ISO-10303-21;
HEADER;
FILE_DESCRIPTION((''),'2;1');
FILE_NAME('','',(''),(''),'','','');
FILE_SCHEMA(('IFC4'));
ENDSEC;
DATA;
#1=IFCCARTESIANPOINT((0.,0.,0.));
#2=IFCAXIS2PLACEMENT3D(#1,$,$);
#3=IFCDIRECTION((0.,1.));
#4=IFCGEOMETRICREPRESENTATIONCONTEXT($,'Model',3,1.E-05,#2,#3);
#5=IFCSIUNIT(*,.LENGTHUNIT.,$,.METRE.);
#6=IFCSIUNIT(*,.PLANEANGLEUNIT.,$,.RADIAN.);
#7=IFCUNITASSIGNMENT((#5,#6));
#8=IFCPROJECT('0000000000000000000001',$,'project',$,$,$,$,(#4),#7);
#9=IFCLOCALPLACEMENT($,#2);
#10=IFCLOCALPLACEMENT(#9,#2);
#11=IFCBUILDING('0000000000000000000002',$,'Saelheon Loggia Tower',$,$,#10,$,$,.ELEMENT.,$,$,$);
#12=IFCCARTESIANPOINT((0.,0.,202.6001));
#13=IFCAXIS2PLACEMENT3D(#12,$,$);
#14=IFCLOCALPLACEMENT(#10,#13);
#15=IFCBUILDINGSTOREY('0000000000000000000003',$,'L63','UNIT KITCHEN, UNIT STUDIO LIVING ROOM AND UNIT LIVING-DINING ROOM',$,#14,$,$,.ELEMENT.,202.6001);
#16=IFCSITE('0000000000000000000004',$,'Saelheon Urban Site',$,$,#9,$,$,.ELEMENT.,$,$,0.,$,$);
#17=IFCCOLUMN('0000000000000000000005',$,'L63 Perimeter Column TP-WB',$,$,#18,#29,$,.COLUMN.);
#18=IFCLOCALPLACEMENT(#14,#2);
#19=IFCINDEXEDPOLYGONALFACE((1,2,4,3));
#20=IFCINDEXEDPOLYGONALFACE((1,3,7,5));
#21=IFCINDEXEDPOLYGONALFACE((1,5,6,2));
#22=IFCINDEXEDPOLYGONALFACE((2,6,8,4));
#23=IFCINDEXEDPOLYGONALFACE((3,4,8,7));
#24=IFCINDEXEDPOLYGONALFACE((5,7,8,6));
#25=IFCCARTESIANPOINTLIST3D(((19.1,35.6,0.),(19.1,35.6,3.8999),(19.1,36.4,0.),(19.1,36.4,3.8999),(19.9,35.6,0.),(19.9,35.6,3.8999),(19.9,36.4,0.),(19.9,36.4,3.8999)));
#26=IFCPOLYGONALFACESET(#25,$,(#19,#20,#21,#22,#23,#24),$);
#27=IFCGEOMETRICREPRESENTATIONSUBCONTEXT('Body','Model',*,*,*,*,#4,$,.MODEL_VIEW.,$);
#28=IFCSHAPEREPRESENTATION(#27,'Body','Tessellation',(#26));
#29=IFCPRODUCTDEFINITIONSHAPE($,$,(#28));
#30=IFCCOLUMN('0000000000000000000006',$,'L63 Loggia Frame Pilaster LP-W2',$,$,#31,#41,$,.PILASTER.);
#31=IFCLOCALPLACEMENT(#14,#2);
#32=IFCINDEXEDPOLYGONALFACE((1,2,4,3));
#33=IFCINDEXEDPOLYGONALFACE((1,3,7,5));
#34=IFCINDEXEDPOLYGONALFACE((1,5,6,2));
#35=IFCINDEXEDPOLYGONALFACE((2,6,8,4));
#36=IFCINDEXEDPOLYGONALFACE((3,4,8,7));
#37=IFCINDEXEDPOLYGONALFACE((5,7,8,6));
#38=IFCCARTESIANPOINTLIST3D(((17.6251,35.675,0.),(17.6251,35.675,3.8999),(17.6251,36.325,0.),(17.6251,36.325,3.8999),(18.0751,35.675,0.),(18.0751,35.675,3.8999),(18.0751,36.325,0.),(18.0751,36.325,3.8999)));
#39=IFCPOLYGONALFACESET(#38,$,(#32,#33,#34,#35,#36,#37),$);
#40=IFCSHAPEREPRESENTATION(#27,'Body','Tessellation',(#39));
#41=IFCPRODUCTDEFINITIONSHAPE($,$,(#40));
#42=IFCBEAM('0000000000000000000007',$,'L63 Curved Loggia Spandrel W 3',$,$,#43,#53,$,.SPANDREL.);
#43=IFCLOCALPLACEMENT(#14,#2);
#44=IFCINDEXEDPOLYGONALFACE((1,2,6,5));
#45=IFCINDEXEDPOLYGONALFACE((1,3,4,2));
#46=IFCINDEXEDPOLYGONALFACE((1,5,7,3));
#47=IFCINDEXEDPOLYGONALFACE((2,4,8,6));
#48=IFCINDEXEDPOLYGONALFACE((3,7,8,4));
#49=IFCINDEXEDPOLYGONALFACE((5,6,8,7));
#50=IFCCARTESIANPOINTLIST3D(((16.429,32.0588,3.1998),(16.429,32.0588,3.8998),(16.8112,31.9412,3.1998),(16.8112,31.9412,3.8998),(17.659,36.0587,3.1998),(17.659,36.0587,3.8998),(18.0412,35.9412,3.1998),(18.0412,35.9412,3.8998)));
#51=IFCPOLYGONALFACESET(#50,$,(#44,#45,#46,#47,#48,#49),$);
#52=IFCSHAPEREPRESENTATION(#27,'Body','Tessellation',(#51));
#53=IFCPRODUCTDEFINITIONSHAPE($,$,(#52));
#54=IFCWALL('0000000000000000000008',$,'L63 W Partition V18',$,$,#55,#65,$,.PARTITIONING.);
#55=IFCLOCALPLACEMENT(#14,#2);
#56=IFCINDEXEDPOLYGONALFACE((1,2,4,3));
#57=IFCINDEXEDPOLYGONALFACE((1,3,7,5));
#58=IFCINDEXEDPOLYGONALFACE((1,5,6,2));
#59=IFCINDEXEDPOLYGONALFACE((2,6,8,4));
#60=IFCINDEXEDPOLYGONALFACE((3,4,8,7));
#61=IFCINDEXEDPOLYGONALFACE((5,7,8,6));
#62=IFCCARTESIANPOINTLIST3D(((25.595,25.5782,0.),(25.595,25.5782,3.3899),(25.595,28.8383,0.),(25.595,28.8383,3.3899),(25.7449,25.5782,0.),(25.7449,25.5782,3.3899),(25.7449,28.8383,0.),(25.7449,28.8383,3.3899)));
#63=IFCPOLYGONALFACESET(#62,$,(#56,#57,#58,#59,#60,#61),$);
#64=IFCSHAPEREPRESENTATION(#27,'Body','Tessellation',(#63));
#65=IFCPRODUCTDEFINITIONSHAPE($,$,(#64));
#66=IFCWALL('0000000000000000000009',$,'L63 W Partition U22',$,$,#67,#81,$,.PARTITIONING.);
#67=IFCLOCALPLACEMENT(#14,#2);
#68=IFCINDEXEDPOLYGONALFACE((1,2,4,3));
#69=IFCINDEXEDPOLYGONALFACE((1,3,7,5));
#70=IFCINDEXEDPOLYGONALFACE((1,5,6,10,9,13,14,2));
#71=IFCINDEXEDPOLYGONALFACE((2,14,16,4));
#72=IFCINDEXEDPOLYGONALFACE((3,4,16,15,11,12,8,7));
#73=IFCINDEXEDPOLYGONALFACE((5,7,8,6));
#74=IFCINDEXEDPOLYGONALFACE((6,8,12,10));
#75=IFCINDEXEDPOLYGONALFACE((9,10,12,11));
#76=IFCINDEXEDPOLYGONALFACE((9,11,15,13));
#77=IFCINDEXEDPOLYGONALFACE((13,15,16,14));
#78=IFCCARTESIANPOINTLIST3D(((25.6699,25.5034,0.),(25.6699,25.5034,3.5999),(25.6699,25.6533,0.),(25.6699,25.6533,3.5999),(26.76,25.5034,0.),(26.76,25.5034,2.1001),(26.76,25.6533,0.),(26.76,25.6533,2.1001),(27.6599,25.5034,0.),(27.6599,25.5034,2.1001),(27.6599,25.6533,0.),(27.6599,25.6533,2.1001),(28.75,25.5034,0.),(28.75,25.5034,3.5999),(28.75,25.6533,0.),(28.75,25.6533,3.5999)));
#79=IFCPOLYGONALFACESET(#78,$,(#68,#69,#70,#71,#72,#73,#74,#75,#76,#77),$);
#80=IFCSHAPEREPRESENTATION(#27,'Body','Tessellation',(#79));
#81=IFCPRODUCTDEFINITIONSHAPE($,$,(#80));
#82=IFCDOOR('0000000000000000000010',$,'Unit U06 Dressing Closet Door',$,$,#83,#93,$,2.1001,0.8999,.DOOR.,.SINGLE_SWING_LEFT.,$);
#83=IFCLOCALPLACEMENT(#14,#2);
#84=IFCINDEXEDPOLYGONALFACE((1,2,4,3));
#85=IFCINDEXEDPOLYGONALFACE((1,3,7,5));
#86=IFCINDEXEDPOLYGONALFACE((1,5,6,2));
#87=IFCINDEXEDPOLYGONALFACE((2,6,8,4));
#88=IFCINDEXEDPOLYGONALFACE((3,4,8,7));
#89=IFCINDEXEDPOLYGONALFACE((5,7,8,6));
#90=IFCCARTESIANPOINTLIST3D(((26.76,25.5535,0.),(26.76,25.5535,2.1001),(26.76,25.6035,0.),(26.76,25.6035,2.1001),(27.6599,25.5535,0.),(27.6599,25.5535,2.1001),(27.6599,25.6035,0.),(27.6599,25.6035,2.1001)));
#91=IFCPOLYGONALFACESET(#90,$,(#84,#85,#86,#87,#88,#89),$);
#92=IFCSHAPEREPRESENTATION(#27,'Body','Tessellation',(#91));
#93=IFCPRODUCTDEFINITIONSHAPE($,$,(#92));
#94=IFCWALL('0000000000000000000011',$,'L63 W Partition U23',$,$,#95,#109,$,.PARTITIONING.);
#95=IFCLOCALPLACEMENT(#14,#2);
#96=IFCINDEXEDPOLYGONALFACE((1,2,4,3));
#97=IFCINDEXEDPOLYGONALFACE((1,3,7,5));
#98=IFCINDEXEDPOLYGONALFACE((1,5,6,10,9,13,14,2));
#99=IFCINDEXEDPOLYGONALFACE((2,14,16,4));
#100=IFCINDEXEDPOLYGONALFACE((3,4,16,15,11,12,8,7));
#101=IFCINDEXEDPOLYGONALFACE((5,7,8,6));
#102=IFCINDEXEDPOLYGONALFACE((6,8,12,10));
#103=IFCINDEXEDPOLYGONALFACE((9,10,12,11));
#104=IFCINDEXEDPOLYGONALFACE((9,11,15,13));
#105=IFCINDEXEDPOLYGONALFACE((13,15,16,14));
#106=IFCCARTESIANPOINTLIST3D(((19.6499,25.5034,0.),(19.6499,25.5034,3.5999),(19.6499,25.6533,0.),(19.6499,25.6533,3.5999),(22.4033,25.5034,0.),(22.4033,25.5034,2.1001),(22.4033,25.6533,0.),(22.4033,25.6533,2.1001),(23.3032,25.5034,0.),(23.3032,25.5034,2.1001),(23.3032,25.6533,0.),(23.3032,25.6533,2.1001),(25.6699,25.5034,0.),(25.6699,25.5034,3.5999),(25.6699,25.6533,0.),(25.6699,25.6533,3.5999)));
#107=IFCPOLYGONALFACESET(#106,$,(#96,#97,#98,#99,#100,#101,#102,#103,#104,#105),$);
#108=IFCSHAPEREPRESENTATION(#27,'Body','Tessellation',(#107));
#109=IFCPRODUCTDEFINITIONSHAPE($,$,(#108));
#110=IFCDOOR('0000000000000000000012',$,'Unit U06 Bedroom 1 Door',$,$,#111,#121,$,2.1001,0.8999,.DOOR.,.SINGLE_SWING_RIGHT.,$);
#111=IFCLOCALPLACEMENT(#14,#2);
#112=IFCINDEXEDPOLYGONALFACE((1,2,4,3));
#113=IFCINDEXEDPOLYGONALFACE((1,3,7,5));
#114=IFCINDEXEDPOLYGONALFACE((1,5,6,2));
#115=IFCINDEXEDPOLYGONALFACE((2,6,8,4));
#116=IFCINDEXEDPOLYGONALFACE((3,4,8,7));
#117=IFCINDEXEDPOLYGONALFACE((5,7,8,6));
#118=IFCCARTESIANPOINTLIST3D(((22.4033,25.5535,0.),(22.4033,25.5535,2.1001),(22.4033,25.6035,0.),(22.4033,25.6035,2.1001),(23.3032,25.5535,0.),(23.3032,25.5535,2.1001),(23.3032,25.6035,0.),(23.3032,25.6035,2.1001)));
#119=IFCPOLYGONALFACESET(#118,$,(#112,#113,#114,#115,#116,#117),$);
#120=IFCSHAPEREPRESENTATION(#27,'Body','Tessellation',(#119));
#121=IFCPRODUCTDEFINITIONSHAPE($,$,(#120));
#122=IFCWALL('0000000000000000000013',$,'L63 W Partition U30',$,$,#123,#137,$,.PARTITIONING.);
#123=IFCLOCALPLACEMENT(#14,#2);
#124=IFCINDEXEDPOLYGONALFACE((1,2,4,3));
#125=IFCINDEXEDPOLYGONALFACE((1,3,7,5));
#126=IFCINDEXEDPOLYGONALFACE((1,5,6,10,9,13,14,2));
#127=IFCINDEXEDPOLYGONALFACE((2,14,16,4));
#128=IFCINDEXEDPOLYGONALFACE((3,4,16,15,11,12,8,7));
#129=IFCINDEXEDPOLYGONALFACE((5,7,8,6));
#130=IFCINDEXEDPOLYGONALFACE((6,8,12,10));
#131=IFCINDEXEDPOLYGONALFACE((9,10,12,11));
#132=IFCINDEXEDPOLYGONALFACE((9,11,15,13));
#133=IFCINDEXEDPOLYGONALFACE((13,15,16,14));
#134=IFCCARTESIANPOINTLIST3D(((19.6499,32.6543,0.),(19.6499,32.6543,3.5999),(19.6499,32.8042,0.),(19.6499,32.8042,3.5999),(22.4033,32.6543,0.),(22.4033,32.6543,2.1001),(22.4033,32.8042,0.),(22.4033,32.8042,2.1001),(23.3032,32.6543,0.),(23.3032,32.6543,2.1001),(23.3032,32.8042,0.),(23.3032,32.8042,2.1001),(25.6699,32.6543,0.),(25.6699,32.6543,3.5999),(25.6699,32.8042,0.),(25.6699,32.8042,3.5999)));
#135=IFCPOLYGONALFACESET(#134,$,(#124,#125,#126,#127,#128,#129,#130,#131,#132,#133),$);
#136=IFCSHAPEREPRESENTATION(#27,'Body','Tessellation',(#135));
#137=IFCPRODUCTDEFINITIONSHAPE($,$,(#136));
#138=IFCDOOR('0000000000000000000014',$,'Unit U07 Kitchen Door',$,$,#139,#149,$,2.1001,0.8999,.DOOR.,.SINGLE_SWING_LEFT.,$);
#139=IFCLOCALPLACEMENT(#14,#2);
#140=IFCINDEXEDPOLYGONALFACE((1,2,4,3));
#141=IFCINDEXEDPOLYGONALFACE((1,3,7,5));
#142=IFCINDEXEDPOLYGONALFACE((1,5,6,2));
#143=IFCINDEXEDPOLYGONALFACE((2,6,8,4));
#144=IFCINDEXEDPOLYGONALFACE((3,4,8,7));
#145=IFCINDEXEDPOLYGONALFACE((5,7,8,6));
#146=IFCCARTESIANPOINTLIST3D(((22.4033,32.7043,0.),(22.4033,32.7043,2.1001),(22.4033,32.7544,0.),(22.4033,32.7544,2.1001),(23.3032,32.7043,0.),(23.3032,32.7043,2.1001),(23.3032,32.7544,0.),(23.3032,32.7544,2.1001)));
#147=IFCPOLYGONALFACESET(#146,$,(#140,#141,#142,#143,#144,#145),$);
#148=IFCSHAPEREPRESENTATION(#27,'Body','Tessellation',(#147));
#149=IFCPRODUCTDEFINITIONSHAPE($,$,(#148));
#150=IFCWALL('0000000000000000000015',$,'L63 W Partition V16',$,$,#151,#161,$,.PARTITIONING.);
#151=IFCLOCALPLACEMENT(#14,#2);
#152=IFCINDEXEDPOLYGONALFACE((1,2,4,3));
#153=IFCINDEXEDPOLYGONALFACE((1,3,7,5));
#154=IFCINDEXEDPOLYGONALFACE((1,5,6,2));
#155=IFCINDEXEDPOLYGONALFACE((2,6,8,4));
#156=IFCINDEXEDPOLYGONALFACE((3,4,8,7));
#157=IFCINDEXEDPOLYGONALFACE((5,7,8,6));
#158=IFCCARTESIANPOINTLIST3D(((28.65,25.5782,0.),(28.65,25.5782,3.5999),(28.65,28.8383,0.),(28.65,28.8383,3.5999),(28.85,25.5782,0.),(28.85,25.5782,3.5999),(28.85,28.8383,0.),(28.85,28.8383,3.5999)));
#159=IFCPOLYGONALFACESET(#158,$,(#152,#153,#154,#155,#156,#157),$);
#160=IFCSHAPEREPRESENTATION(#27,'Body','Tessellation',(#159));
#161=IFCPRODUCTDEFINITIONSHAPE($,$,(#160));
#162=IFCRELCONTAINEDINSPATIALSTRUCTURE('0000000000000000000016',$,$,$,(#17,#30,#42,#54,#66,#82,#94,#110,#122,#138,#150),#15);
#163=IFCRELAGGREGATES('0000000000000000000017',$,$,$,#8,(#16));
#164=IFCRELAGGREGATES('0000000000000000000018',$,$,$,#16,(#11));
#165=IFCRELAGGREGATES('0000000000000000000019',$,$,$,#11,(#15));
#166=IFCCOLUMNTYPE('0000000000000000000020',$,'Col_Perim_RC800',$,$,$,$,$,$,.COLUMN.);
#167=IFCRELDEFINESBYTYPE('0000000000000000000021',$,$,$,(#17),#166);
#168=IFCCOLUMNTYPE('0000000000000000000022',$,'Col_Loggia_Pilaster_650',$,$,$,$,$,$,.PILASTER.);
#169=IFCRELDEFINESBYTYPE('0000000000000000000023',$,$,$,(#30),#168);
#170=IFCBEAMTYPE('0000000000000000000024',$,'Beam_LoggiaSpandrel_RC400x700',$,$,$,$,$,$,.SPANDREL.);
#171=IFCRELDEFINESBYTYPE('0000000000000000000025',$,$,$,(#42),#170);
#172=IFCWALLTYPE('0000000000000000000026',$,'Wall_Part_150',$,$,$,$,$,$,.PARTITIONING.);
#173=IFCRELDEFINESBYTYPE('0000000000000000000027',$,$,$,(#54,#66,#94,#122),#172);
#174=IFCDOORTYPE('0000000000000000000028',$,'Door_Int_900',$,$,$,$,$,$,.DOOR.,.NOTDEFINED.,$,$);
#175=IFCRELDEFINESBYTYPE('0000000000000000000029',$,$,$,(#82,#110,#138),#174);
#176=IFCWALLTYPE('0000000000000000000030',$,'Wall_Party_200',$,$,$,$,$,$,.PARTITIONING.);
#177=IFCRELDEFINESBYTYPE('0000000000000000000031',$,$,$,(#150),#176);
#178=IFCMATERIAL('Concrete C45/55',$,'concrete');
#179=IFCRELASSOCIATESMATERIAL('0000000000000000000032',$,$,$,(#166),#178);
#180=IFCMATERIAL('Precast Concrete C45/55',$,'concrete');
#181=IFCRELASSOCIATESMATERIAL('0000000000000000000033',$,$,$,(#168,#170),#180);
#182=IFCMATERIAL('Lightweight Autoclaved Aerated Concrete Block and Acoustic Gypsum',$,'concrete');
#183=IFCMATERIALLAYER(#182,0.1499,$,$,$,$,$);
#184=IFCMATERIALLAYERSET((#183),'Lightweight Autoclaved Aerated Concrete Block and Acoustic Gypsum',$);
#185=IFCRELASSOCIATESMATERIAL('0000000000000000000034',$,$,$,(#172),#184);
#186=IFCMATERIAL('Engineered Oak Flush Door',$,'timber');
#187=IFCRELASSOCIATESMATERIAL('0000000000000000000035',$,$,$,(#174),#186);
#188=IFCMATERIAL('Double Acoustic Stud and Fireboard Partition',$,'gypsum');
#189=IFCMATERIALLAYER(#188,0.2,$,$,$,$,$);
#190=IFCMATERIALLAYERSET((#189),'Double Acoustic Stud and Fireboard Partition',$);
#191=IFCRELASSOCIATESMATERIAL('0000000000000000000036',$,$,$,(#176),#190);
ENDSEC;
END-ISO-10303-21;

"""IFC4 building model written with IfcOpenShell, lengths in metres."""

from ifc_helpers import new_model, si_unit, direction, frame, frame_2d, origin, origin_2d, place, context, subcontext, project, spatial, rectangle, extrude, source, transform, mapped, material, layer, layer_set, material_profile, profile_set, type_object, element, fill, save


model = new_model("IFC4")

# Units and contexts
model_context = context("Model", 3, precision=1e-05, world=origin(), true_north=direction((0.0, 1.0)))
body_context = subcontext(model_context, "Body", "Model", "MODEL_VIEW")
ifc_project = project(units=[si_unit("LENGTHUNIT", "METRE"), si_unit("PLANEANGLEUNIT", "RADIAN")], contexts=[model_context])

# Site, building, storey
site_placement = place(None, origin())
site = spatial("IfcSite", under=ifc_project, at=site_placement, Name="Saelheon Urban Site", CompositionType="ELEMENT", RefElevation=0.0)
building_placement = place(site_placement, origin())
building = spatial("IfcBuilding", under=site, at=building_placement, Name="Saelheon Loggia Tower", CompositionType="ELEMENT")
storey_placement = place(building_placement, frame((0.0, 0.0, 202.6001)))
storey = spatial("IfcBuildingStorey", under=building, at=storey_placement, Name="L63", Description="UNIT KITCHEN, UNIT STUDIO LIVING ROOM AND UNIT LIVING-DINING ROOM", CompositionType="ELEMENT", Elevation=202.6001)

# Columns
ifc_material_1 = material(Name="Concrete C45/55", Category="concrete")
ifc_material_profile_1 = material_profile(ifc_material_1, rectangle(XDim=0.8, YDim=0.8, at=origin_2d()), Name="RC-800x800")
ifc_profile_set_1 = profile_set([ifc_material_profile_1], Name="Concrete C45/55")
column_type_1 = type_object("IfcColumnType", Name="Col_Perim_RC800", PredefinedType="COLUMN", material=ifc_profile_set_1)
shared_shape_1 = source(origin(), body_context, "Body", "SweptSolid", [
    extrude(rectangle(XDim=0.8, YDim=0.8, at=origin_2d()), origin(), (0.0, 0.0, 1.0), 3.8999),
])
column_1_placement = place(storey_placement, frame((19.5, 36.0, 0.0), z_axis=(0.0, 0.0, 1.0), x_axis=(1.0, 0.0, 0.0)))
element("IfcColumn", 1, at=column_1_placement, inside=storey, type_object=column_type_1, Name="L63 Perimeter Column TP-WB", PredefinedType="COLUMN", context=body_context, shape_type="MappedRepresentation", body=[
    mapped(shared_shape_1, transform((0.0, 0.0, 0.0), scale=1.0)),
])
ifc_material_2 = material(Name="Precast Concrete C45/55", Category="concrete")
ifc_material_profile_2 = material_profile(ifc_material_2, rectangle(XDim=0.45, YDim=0.6499, at=origin_2d()), Name="RC-450x650")
ifc_profile_set_2 = profile_set([ifc_material_profile_2], Name="Precast Concrete C45/55")
column_type_2 = type_object("IfcColumnType", Name="Col_Loggia_Pilaster_650", PredefinedType="PILASTER", material=ifc_profile_set_2)
shared_shape_2 = source(origin(), body_context, "Body", "SweptSolid", [
    extrude(rectangle(XDim=0.45, YDim=0.6499, at=origin_2d()), origin(), (0.0, 0.0, 1.0), 3.8999),
])
column_2_placement = place(storey_placement, frame((17.8501, 36.0, 0.0), z_axis=(0.0, 0.0, 1.0), x_axis=(1.0, 0.0, 0.0)))
element("IfcColumn", 2, at=column_2_placement, inside=storey, type_object=column_type_2, Name="L63 Loggia Frame Pilaster LP-W2", PredefinedType="PILASTER", context=body_context, shape_type="MappedRepresentation", body=[
    mapped(shared_shape_2, transform((0.0, 0.0, 0.0), scale=1.0)),
])

# Beam
ifc_material_profile_3 = material_profile(ifc_material_2, rectangle(XDim=0.3999, YDim=0.7, at=origin_2d()), Name="RC-400x700")
ifc_profile_set_3 = profile_set([ifc_material_profile_3], Name="Precast Concrete C45/55")
beam_type = type_object("IfcBeamType", Name="Beam_LoggiaSpandrel_RC400x700", PredefinedType="SPANDREL", material=ifc_profile_set_3)
shared_shape_3 = source(origin(), body_context, "Body", "SweptSolid", [
    extrude(rectangle(XDim=0.3999, YDim=0.7, at=origin_2d()), origin(), (0.0, 0.0, 1.0), 4.1848),
])
beam_placement = place(storey_placement, frame((16.6201, 32.0, 3.5498), z_axis=(0.293914, 0.955832, 0.0), x_axis=(-0.955832, 0.293914, 0.0)))
element("IfcBeam", 3, at=beam_placement, inside=storey, type_object=beam_type, Name="L63 Curved Loggia Spandrel W 3", PredefinedType="SPANDREL", context=body_context, shape_type="MappedRepresentation", body=[
    mapped(shared_shape_3, transform((0.0, 0.0, 0.0), scale=1.0)),
])

# Wall
ifc_material_3 = material(Name="Lightweight Autoclaved Aerated Concrete Block and Acoustic Gypsum", Category="concrete")
ifc_layer_1 = layer(ifc_material_3, 0.1499)
ifc_layer_set_1 = layer_set([ifc_layer_1], Name="Lightweight Autoclaved Aerated Concrete Block and Acoustic Gypsum")
wall_type_1 = type_object("IfcWallType", Name="Wall_Part_150", PredefinedType="PARTITIONING", material=ifc_layer_set_1)
wall_1_placement = place(storey_placement, frame((25.6699, 25.5784, 0.0), z_axis=(0.0, 0.0, 1.0), x_axis=(0.0, 1.0, 0.0)))
element("IfcWall", 4, at=wall_1_placement, inside=storey, type_object=wall_type_1, Name="L63 W Partition V18", PredefinedType="PARTITIONING", context=body_context, shape_type="SweptSolid", body=[
    extrude(rectangle(XDim=3.26, YDim=0.1499, at=frame_2d((1.6299, 0.0))), origin(), (0.0, 0.0, 1.0), 3.3899),
])

# Walls, openings, doors
wall_2_placement = place(storey_placement, frame((28.75, 25.5784, 0.0), z_axis=(0.0, 0.0, 1.0), x_axis=(-1.0, 0.0, 0.0)))
wall_2 = element("IfcWall", 5, at=wall_2_placement, inside=storey, type_object=wall_type_1, Name="L63 W Partition U22", PredefinedType="PARTITIONING", context=body_context, shape_type="SweptSolid", body=[
    extrude(rectangle(XDim=3.0801, YDim=0.1499, at=frame_2d((1.54, 0.0))), origin(), (0.0, 0.0, 1.0), 3.5999),
])
opening_1_placement = place(wall_2_placement, frame((1.0901, 0.0, 0.0)))
opening_1 = element("IfcOpeningElement", 6, at=opening_1_placement, cuts=wall_2, PredefinedType="OPENING", context=body_context, shape_type="SweptSolid", body=[
    extrude(rectangle(XDim=0.8999, YDim=2.1001, at=frame_2d((0.45, 1.05))), frame((0.0, 0.0869, 0.0), z_axis=(0.0, -1.0, 0.0), x_axis=(1.0, 0.0, 0.0)), (0.0, 0.0, 1.0), 0.1738),
])
ifc_material_4 = material(Name="Engineered Oak Flush Door", Category="timber")
door_type_1 = type_object("IfcDoorType", Name="Door_Int_900", OperationType="NOTDEFINED", PredefinedType="DOOR", material=ifc_material_4)
shared_shape_4 = source(origin(), body_context, "Body", "SweptSolid", [
    extrude(rectangle(XDim=0.8999, YDim=2.1001, at=frame_2d((0.45, 1.05))), frame((0.0, 0.0249, 0.0), z_axis=(0.0, -1.0, 0.0), x_axis=(1.0, 0.0, 0.0)), (0.0, 0.0, 1.0), 0.05),
])
door_1_placement = place(opening_1_placement, origin())
door_1 = element("IfcDoor", 7, at=door_1_placement, inside=storey, type_object=door_type_1, Name="Unit U06 Dressing Closet Door", OperationType="SINGLE_SWING_LEFT", OverallHeight=2.1001, OverallWidth=0.8999, PredefinedType="DOOR", context=body_context, shape_type="MappedRepresentation", body=[
    mapped(shared_shape_4, transform((0.0, 0.0, 0.0), scale=1.0)),
])
fill(opening_1, door_1)
wall_3_placement = place(storey_placement, frame((25.6699, 25.5784, 0.0), z_axis=(0.0, 0.0, 1.0), x_axis=(-1.0, 0.0, 0.0)))
wall_3 = element("IfcWall", 8, at=wall_3_placement, inside=storey, type_object=wall_type_1, Name="L63 W Partition U23", PredefinedType="PARTITIONING", context=body_context, shape_type="SweptSolid", body=[
    extrude(rectangle(XDim=6.02, YDim=0.1499, at=frame_2d((3.01, 0.0))), origin(), (0.0, 0.0, 1.0), 3.5999),
])
opening_2_placement = place(wall_3_placement, frame((2.3667, 0.0, 0.0)))
opening_2 = element("IfcOpeningElement", 9, at=opening_2_placement, cuts=wall_3, PredefinedType="OPENING", context=body_context, shape_type="SweptSolid", body=[
    extrude(rectangle(XDim=0.8999, YDim=2.1001, at=frame_2d((0.45, 1.05))), frame((0.0, 0.0869, 0.0), z_axis=(0.0, -1.0, 0.0), x_axis=(1.0, 0.0, 0.0)), (0.0, 0.0, 1.0), 0.1738),
])
door_2_placement = place(opening_2_placement, origin())
door_2 = element("IfcDoor", 10, at=door_2_placement, inside=storey, type_object=door_type_1, Name="Unit U06 Bedroom 1 Door", OperationType="SINGLE_SWING_RIGHT", OverallHeight=2.1001, OverallWidth=0.8999, PredefinedType="DOOR", context=body_context, shape_type="MappedRepresentation", body=[
    mapped(shared_shape_4, transform((0.0, 0.0, 0.0), scale=1.0)),
])
fill(opening_2, door_2)
wall_4_placement = place(storey_placement, frame((25.6699, 32.7292, 0.0), z_axis=(0.0, 0.0, 1.0), x_axis=(-1.0, 0.0, 0.0)))
wall_4 = element("IfcWall", 11, at=wall_4_placement, inside=storey, type_object=wall_type_1, Name="L63 W Partition U30", PredefinedType="PARTITIONING", context=body_context, shape_type="SweptSolid", body=[
    extrude(rectangle(XDim=6.02, YDim=0.1499, at=frame_2d((3.01, 0.0))), origin(), (0.0, 0.0, 1.0), 3.5999),
])
opening_3_placement = place(wall_4_placement, frame((2.3667, 0.0, 0.0)))
opening_3 = element("IfcOpeningElement", 12, at=opening_3_placement, cuts=wall_4, PredefinedType="OPENING", context=body_context, shape_type="SweptSolid", body=[
    extrude(rectangle(XDim=0.8999, YDim=2.1001, at=frame_2d((0.45, 1.05))), frame((0.0, 0.0869, 0.0), z_axis=(0.0, -1.0, 0.0), x_axis=(1.0, 0.0, 0.0)), (0.0, 0.0, 1.0), 0.1738),
])
door_3_placement = place(opening_3_placement, origin())
door_3 = element("IfcDoor", 13, at=door_3_placement, inside=storey, type_object=door_type_1, Name="Unit U07 Kitchen Door", OperationType="SINGLE_SWING_LEFT", OverallHeight=2.1001, OverallWidth=0.8999, PredefinedType="DOOR", context=body_context, shape_type="MappedRepresentation", body=[
    mapped(shared_shape_4, transform((0.0, 0.0, 0.0), scale=1.0)),
])
fill(opening_3, door_3)
ifc_material_5 = material(Name="Double Acoustic Stud and Fireboard Partition", Category="gypsum")
ifc_layer_2 = layer(ifc_material_5, 0.2)
ifc_layer_set_2 = layer_set([ifc_layer_2], Name="Double Acoustic Stud and Fireboard Partition")
wall_type_2 = type_object("IfcWallType", Name="Wall_Party_200", PredefinedType="PARTITIONING", material=ifc_layer_set_2)

# Wall
wall_5_placement = place(storey_placement, frame((28.75, 25.5784, 0.0), z_axis=(0.0, 0.0, 1.0), x_axis=(0.0, 1.0, 0.0)))
element("IfcWall", 14, at=wall_5_placement, inside=storey, type_object=wall_type_2, Name="L63 W Partition V16", PredefinedType="PARTITIONING", context=body_context, shape_type="SweptSolid", body=[
    extrude(rectangle(XDim=3.26, YDim=0.2, at=frame_2d((1.6299, 0.0))), origin(), (0.0, 0.0, 1.0), 3.5999),
])

save(model, "model.ifc")
